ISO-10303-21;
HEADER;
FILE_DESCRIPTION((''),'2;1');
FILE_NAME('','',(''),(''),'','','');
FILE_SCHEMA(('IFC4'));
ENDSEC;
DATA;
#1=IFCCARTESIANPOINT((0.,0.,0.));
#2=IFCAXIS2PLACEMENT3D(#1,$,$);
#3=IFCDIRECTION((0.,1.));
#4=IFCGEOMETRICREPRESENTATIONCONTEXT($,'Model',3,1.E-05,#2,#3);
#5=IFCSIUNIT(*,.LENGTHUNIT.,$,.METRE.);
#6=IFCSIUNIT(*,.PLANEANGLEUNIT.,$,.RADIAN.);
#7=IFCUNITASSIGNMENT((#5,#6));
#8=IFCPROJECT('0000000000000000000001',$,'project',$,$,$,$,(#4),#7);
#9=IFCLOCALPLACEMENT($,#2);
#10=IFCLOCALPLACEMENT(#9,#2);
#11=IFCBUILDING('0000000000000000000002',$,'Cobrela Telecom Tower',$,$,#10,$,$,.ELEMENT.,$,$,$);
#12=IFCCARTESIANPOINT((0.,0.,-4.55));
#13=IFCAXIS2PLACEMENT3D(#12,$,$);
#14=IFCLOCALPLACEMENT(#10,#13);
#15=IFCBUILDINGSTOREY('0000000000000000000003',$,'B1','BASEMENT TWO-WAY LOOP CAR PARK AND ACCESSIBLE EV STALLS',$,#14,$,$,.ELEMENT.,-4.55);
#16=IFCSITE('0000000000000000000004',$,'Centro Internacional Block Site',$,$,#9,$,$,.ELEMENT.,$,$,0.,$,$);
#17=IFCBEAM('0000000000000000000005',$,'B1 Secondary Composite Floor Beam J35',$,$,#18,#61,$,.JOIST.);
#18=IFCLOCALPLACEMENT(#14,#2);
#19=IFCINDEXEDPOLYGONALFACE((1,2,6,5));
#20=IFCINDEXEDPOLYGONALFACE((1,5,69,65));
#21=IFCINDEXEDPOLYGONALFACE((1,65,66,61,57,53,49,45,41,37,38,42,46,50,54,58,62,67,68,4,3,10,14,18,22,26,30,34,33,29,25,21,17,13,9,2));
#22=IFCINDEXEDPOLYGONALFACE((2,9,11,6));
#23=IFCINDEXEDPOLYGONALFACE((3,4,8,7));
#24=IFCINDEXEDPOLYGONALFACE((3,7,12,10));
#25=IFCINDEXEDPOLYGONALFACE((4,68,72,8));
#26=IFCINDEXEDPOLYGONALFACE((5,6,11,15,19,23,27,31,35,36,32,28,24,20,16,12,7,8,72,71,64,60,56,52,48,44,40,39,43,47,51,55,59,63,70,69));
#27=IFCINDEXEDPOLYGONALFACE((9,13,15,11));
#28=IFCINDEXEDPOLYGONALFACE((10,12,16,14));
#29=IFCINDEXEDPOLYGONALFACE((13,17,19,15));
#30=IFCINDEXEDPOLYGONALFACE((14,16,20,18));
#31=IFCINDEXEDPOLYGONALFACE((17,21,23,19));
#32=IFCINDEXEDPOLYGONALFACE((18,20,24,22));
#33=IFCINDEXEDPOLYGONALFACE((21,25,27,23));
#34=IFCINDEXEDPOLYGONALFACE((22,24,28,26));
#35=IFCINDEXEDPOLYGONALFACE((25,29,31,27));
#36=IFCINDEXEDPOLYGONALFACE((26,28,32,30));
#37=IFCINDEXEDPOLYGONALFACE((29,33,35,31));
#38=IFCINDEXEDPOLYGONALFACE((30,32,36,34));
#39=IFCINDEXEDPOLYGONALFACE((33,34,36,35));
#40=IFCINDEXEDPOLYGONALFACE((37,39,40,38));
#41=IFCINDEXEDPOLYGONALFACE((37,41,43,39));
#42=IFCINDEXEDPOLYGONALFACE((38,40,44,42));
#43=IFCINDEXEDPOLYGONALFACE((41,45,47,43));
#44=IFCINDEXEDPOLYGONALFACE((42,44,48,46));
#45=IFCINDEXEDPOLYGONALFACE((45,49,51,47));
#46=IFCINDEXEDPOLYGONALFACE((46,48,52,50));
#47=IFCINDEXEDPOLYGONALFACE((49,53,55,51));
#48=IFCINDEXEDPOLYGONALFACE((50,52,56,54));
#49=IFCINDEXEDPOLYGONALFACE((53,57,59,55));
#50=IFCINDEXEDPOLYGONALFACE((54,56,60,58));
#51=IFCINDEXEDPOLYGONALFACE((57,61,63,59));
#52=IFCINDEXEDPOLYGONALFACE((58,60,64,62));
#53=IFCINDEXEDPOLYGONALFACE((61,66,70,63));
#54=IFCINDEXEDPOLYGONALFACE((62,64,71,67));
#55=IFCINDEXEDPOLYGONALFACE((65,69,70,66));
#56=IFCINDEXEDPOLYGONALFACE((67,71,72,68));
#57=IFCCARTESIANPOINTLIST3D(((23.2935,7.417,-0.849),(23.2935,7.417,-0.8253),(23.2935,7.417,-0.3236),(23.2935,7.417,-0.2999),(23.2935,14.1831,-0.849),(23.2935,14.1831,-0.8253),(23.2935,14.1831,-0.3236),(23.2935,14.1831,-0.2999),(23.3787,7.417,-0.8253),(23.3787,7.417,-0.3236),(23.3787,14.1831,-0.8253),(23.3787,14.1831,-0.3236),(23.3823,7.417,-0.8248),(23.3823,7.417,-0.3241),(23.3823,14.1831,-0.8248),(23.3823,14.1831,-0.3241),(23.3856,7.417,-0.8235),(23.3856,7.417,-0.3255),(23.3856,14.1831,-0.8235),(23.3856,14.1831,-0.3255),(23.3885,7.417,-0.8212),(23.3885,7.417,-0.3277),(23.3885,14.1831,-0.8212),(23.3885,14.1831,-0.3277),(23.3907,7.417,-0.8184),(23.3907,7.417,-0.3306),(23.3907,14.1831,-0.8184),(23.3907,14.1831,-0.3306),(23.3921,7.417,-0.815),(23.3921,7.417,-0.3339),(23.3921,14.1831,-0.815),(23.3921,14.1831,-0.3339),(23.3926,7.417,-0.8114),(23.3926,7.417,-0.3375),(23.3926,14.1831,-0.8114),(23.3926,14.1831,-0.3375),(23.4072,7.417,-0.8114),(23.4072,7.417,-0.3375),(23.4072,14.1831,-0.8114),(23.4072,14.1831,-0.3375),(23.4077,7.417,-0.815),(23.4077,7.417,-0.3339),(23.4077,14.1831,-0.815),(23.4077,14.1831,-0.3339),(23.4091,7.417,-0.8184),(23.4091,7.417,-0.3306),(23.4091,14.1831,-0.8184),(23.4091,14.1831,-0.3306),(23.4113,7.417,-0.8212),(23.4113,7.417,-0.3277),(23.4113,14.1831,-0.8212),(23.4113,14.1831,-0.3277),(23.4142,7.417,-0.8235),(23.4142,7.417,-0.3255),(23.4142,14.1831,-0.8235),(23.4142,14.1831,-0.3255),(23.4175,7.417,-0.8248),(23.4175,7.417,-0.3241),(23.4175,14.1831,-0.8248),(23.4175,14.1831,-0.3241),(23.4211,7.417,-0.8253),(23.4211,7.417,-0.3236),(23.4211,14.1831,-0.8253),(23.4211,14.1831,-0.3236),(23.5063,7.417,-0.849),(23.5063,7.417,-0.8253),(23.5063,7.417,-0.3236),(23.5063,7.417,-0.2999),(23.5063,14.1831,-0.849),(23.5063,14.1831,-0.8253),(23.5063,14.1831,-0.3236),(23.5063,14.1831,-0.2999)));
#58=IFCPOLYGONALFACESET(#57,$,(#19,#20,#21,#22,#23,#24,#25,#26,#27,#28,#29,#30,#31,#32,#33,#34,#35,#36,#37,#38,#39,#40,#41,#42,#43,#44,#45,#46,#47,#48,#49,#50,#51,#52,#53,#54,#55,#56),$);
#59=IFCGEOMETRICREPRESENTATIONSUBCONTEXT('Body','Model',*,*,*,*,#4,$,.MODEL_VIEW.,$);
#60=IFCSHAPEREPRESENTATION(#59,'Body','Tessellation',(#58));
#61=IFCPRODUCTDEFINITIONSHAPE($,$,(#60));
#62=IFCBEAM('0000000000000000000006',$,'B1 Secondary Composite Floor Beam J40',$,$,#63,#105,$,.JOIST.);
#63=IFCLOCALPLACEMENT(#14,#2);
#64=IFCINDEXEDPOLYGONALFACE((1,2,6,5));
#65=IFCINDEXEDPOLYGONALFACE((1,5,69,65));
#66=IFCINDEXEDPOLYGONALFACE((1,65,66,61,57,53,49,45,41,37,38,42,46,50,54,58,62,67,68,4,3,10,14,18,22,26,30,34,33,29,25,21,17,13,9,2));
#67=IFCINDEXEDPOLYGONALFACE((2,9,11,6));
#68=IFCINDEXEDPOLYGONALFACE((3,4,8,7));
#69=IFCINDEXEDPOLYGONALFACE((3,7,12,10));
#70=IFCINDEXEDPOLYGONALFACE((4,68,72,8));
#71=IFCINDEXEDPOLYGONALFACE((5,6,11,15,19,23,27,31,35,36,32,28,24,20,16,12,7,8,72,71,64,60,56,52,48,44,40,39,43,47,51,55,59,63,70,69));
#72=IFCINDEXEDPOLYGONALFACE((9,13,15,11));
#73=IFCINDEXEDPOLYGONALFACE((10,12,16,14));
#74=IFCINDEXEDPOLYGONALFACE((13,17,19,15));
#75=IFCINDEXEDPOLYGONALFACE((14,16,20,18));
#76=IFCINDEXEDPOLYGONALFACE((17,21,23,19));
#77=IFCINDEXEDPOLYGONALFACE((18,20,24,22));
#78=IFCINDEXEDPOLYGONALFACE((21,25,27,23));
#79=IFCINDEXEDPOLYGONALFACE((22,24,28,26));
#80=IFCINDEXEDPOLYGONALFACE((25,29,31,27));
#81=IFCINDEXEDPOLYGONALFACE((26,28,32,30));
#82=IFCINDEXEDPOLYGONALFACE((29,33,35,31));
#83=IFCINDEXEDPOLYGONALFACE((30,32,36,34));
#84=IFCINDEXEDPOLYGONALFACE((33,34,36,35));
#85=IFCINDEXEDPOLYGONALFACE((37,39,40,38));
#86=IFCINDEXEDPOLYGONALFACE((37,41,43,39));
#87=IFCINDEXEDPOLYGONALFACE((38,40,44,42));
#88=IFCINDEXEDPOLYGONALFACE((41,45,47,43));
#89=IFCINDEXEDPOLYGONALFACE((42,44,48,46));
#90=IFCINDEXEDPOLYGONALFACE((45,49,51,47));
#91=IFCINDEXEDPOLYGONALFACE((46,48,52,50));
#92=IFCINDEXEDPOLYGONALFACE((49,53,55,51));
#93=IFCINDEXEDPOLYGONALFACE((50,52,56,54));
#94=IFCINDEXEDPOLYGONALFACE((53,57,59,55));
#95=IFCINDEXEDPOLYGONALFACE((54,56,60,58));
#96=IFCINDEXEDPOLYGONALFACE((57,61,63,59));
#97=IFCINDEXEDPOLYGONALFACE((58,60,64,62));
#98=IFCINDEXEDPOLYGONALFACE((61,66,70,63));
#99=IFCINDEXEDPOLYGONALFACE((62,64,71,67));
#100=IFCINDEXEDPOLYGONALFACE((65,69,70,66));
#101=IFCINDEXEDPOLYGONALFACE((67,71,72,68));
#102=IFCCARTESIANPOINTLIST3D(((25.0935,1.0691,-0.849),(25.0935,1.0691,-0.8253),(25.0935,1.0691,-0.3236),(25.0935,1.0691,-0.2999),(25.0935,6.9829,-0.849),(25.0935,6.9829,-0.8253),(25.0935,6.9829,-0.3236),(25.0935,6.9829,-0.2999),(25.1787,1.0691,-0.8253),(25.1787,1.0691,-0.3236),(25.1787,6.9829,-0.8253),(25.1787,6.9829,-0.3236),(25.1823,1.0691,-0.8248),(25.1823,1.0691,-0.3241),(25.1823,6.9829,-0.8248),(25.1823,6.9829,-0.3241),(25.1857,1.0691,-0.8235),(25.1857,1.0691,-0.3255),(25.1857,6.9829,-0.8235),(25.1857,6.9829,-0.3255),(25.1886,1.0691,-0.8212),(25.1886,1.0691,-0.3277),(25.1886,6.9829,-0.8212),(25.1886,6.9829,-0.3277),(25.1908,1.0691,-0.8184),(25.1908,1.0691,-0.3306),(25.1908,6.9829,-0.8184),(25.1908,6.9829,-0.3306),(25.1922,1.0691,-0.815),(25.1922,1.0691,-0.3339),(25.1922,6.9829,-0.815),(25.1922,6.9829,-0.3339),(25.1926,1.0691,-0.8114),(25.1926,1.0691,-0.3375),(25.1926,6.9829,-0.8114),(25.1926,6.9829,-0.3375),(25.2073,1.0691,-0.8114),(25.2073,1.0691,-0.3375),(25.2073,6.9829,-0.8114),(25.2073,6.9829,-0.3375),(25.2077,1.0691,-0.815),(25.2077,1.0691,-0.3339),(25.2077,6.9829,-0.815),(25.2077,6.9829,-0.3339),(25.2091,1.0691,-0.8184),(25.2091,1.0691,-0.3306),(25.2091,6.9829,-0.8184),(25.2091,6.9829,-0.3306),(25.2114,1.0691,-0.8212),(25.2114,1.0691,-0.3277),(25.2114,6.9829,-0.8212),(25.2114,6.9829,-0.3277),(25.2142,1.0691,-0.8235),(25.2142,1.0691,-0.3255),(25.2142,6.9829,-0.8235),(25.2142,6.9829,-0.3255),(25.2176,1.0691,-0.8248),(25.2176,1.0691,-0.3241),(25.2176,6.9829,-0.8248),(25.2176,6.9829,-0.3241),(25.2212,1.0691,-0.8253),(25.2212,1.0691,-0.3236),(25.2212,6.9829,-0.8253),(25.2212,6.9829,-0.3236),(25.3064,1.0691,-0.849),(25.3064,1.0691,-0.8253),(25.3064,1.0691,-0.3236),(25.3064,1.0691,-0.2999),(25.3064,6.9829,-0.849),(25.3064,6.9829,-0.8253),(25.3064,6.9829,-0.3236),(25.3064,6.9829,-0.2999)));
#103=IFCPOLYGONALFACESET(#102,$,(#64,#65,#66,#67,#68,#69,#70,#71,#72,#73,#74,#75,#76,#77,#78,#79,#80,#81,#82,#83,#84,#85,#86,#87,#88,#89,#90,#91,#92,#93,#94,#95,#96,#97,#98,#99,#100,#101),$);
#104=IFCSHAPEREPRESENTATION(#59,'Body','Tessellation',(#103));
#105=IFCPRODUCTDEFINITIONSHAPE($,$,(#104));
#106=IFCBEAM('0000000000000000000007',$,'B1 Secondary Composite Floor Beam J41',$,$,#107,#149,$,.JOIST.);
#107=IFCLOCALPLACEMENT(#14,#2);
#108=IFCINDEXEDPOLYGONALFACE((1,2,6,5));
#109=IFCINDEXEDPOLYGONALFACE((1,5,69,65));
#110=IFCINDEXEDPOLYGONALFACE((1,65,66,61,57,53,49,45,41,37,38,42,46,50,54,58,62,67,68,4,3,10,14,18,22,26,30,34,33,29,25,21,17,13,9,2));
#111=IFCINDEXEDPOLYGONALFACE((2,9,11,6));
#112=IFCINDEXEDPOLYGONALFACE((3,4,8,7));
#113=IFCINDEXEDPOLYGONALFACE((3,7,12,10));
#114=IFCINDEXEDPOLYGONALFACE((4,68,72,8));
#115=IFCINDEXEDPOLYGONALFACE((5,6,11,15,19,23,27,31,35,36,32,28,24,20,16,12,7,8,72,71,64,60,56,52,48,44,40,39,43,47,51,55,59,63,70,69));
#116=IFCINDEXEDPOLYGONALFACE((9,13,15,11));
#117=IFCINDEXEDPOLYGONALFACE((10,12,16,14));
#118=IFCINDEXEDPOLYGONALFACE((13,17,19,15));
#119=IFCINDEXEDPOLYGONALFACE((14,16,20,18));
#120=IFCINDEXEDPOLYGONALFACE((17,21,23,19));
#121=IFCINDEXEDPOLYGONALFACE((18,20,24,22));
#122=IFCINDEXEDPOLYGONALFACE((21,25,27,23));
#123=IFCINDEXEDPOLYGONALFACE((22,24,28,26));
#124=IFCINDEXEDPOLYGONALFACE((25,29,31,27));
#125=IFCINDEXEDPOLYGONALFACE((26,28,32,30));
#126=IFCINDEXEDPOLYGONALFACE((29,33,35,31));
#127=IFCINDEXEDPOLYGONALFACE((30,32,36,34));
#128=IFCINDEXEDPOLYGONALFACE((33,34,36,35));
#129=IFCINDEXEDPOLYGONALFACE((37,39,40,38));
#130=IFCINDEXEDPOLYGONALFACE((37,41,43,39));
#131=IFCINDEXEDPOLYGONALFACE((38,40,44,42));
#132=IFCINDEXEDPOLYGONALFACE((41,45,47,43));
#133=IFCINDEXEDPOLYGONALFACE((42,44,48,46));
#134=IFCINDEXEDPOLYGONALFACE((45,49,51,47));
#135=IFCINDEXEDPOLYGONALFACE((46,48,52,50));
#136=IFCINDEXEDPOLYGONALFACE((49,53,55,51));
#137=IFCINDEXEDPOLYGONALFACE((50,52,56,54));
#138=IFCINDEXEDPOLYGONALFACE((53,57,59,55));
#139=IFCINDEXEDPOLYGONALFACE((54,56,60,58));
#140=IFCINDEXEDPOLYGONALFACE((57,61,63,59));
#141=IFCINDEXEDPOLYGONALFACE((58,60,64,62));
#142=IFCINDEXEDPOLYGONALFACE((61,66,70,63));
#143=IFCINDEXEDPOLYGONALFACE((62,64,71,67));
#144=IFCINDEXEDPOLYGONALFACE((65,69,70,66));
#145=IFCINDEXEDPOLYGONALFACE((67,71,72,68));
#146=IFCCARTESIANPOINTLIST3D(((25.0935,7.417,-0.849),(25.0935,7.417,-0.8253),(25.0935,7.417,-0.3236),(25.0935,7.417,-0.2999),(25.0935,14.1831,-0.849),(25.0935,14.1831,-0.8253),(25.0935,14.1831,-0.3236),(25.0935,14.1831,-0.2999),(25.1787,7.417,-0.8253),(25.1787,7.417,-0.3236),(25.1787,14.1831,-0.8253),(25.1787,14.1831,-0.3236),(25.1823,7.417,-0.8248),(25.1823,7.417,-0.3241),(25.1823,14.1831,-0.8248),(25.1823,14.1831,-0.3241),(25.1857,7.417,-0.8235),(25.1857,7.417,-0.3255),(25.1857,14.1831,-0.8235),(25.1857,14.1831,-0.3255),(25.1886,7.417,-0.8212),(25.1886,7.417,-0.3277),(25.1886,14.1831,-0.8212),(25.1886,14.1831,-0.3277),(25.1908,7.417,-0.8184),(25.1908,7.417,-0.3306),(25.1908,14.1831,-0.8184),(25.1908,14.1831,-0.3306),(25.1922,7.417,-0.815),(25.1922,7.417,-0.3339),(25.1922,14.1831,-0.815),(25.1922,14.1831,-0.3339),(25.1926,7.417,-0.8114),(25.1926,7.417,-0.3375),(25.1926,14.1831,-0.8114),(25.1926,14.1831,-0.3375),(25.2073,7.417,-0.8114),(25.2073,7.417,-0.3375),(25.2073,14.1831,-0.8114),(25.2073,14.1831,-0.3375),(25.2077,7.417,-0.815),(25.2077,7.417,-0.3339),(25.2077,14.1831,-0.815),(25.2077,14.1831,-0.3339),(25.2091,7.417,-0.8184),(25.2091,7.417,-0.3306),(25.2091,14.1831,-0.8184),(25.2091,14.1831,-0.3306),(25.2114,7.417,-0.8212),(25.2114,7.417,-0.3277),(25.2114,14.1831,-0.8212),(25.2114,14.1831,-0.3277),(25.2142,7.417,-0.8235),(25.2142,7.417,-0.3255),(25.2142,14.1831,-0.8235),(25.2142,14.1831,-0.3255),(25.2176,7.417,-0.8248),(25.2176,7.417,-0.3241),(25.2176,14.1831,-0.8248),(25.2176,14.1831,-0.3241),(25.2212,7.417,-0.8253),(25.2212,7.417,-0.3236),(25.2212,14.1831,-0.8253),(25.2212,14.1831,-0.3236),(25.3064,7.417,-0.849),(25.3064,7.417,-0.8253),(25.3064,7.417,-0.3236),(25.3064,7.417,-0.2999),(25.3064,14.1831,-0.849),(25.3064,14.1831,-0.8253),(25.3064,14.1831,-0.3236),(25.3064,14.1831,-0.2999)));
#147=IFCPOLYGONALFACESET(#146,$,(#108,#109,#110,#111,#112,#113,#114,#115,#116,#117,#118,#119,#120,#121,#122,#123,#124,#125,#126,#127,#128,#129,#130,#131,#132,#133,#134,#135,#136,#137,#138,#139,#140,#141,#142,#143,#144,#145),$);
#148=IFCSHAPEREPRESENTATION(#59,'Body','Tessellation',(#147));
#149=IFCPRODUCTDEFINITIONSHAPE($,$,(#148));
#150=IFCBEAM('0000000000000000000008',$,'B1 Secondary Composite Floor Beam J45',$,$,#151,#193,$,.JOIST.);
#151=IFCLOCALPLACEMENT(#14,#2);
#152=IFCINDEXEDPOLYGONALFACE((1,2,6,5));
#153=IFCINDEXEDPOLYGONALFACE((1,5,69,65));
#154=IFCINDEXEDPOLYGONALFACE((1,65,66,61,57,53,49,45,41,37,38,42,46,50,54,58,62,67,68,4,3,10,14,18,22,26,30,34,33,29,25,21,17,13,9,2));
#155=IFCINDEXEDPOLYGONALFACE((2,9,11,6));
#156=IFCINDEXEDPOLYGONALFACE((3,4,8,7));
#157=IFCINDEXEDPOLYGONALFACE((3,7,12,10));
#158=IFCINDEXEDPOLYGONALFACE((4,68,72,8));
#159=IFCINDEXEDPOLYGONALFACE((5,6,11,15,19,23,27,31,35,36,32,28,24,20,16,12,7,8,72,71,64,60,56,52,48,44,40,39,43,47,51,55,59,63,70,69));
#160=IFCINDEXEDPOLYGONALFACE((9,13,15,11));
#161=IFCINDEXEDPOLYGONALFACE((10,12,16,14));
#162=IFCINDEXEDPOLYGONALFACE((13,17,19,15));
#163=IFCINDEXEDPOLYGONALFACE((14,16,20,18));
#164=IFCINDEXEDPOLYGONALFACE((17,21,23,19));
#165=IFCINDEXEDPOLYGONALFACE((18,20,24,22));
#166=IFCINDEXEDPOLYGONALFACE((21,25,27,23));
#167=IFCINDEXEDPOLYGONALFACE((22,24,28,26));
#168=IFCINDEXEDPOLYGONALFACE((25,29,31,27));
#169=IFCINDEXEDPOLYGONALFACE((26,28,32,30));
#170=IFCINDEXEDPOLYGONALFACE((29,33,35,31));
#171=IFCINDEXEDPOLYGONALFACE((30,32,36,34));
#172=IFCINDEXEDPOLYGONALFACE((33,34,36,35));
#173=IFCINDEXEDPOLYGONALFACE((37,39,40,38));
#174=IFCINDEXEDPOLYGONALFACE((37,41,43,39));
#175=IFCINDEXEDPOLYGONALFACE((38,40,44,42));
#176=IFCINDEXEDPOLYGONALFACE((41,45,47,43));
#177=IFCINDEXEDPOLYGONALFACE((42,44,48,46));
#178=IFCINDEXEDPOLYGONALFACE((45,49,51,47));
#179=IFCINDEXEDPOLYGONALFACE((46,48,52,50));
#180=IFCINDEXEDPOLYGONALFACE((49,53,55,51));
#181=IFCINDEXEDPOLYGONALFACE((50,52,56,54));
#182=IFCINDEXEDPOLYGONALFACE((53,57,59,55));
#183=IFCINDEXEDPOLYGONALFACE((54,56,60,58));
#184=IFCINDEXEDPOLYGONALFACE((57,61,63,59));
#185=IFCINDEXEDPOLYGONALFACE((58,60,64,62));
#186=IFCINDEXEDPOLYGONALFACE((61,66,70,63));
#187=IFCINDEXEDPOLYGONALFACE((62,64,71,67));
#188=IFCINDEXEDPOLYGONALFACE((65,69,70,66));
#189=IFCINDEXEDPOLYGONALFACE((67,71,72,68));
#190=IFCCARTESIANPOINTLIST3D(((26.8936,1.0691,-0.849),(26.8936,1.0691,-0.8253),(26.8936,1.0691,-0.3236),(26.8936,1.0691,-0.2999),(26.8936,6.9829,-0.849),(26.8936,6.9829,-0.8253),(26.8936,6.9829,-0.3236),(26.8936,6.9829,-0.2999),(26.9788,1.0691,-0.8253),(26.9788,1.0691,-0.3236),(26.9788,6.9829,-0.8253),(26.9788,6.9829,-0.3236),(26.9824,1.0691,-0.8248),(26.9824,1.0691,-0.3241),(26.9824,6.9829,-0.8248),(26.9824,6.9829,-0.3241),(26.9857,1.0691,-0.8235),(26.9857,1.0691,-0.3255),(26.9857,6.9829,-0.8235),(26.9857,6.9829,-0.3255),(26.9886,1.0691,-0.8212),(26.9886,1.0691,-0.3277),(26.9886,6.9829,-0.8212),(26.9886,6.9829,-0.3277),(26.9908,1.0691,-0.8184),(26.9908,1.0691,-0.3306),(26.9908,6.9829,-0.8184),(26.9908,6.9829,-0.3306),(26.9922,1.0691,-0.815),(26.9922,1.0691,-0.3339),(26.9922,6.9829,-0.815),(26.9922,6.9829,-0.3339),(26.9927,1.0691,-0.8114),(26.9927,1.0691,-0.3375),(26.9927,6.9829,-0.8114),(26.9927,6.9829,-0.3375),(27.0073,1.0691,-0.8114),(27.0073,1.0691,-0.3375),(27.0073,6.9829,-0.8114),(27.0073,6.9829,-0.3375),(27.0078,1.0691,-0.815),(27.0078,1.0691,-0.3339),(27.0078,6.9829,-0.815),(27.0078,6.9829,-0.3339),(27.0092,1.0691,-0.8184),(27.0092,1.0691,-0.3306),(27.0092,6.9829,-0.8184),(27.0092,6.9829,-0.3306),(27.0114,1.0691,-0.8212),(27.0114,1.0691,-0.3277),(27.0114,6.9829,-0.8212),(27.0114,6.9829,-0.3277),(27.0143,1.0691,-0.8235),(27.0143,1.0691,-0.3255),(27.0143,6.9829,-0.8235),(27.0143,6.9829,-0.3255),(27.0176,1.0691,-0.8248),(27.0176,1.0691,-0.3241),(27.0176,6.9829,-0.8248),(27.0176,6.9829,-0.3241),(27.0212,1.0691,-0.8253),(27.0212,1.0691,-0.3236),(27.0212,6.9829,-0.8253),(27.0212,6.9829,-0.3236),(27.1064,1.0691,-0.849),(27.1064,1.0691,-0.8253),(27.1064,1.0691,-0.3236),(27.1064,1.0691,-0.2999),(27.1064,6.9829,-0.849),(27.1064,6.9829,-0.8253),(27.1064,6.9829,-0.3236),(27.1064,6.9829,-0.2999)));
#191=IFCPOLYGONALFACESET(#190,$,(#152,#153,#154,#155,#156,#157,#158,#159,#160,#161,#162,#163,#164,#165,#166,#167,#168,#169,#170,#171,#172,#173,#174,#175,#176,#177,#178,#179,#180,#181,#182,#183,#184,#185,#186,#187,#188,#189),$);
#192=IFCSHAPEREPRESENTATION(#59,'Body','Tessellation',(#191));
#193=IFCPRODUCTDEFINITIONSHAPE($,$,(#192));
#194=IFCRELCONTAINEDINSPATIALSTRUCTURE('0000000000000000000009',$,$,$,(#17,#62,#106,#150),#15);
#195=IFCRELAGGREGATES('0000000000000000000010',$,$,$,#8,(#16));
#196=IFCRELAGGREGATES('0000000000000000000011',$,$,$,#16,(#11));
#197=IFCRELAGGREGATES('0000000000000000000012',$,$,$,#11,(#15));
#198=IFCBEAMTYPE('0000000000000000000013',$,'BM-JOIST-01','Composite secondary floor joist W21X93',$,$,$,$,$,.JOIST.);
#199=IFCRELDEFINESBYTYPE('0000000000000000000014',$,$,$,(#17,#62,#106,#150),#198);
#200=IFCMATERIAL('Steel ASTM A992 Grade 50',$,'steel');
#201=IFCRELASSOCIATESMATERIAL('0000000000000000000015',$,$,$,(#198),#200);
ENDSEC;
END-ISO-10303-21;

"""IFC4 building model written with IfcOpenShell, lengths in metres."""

from ifc_helpers import new_model, si_unit, direction, frame, origin, origin_2d, place, context, subcontext, project, spatial, i_section, extrude, material, material_profile, profile_set, type_object, element, save


model = new_model("IFC4")

# Units and contexts
model_context = context("Model", 3, precision=1e-05, world=origin(), true_north=direction((0.0, 1.0)))
body_context = subcontext(model_context, "Body", "Model", "MODEL_VIEW")
ifc_project = project(units=[si_unit("LENGTHUNIT", "METRE"), si_unit("PLANEANGLEUNIT", "RADIAN")], contexts=[model_context])

# Site, building, storey
site_placement = place(None, origin())
site = spatial("IfcSite", under=ifc_project, at=site_placement, Name="Centro Internacional Block Site", CompositionType="ELEMENT", RefElevation=0.0)
building_placement = place(site_placement, origin())
building = spatial("IfcBuilding", under=site, at=building_placement, Name="Cobrela Telecom Tower", CompositionType="ELEMENT")
storey_placement = place(building_placement, frame((0.0, 0.0, -4.55)))
storey = spatial("IfcBuildingStorey", under=building, at=storey_placement, Name="B1", Description="BASEMENT TWO-WAY LOOP CAR PARK AND ACCESSIBLE EV STALLS", CompositionType="ELEMENT", Elevation=-4.55)

# Beams
ifc_material_1 = material(Name="Steel ASTM A992 Grade 50", Category="steel")
ifc_material_profile_1 = material_profile(ifc_material_1, i_section(OverallWidth=0.2129, OverallDepth=0.5491, WebThickness=0.0146, FlangeThickness=0.0237, FilletRadius=0.0139, at=origin_2d()), Name="W21X93")
ifc_profile_set_1 = profile_set([ifc_material_profile_1], Name="Steel ASTM A992 Grade 50")
beam_type_1 = type_object("IfcBeamType", Name="BM-JOIST-01", Description="Composite secondary floor joist W21X93", PredefinedType="JOIST", material=ifc_profile_set_1)
beam_1_placement = place(storey_placement, frame((23.3999, 7.417, -0.5745), z_axis=(0.0, 1.0, 0.0), x_axis=(-1.0, 0.0, 0.0)))
element("IfcBeam", 1, at=beam_1_placement, inside=storey, type_object=beam_type_1, Name="B1 Secondary Composite Floor Beam J35", PredefinedType="JOIST", context=body_context, shape_type="SweptSolid", body=[
    extrude(i_section(OverallWidth=0.2129, OverallDepth=0.5491, WebThickness=0.0146, FlangeThickness=0.0237, FilletRadius=0.0139, at=origin_2d()), origin(), (0.0, 0.0, 1.0), 6.7661),
])
beam_2_placement = place(storey_placement, frame((25.2, 1.0691, -0.5745), z_axis=(0.0, 1.0, 0.0), x_axis=(-1.0, 0.0, 0.0)))
element("IfcBeam", 2, at=beam_2_placement, inside=storey, type_object=beam_type_1, Name="B1 Secondary Composite Floor Beam J40", PredefinedType="JOIST", context=body_context, shape_type="SweptSolid", body=[
    extrude(i_section(OverallWidth=0.2129, OverallDepth=0.5491, WebThickness=0.0146, FlangeThickness=0.0237, FilletRadius=0.0139, at=origin_2d()), origin(), (0.0, 0.0, 1.0), 5.9138),
])
beam_3_placement = place(storey_placement, frame((25.2, 7.417, -0.5745), z_axis=(0.0, 1.0, 0.0), x_axis=(-1.0, 0.0, 0.0)))
element("IfcBeam", 3, at=beam_3_placement, inside=storey, type_object=beam_type_1, Name="B1 Secondary Composite Floor Beam J41", PredefinedType="JOIST", context=body_context, shape_type="SweptSolid", body=[
    extrude(i_section(OverallWidth=0.2129, OverallDepth=0.5491, WebThickness=0.0146, FlangeThickness=0.0237, FilletRadius=0.0139, at=origin_2d()), origin(), (0.0, 0.0, 1.0), 6.7661),
])
beam_4_placement = place(storey_placement, frame((27.0, 1.0691, -0.5745), z_axis=(0.0, 1.0, 0.0), x_axis=(-1.0, 0.0, 0.0)))
element("IfcBeam", 4, at=beam_4_placement, inside=storey, type_object=beam_type_1, Name="B1 Secondary Composite Floor Beam J45", PredefinedType="JOIST", context=body_context, shape_type="SweptSolid", body=[
    extrude(i_section(OverallWidth=0.2129, OverallDepth=0.5491, WebThickness=0.0146, FlangeThickness=0.0237, FilletRadius=0.0139, at=origin_2d()), origin(), (0.0, 0.0, 1.0), 5.9138),
])

save(model, "model.ifc")
